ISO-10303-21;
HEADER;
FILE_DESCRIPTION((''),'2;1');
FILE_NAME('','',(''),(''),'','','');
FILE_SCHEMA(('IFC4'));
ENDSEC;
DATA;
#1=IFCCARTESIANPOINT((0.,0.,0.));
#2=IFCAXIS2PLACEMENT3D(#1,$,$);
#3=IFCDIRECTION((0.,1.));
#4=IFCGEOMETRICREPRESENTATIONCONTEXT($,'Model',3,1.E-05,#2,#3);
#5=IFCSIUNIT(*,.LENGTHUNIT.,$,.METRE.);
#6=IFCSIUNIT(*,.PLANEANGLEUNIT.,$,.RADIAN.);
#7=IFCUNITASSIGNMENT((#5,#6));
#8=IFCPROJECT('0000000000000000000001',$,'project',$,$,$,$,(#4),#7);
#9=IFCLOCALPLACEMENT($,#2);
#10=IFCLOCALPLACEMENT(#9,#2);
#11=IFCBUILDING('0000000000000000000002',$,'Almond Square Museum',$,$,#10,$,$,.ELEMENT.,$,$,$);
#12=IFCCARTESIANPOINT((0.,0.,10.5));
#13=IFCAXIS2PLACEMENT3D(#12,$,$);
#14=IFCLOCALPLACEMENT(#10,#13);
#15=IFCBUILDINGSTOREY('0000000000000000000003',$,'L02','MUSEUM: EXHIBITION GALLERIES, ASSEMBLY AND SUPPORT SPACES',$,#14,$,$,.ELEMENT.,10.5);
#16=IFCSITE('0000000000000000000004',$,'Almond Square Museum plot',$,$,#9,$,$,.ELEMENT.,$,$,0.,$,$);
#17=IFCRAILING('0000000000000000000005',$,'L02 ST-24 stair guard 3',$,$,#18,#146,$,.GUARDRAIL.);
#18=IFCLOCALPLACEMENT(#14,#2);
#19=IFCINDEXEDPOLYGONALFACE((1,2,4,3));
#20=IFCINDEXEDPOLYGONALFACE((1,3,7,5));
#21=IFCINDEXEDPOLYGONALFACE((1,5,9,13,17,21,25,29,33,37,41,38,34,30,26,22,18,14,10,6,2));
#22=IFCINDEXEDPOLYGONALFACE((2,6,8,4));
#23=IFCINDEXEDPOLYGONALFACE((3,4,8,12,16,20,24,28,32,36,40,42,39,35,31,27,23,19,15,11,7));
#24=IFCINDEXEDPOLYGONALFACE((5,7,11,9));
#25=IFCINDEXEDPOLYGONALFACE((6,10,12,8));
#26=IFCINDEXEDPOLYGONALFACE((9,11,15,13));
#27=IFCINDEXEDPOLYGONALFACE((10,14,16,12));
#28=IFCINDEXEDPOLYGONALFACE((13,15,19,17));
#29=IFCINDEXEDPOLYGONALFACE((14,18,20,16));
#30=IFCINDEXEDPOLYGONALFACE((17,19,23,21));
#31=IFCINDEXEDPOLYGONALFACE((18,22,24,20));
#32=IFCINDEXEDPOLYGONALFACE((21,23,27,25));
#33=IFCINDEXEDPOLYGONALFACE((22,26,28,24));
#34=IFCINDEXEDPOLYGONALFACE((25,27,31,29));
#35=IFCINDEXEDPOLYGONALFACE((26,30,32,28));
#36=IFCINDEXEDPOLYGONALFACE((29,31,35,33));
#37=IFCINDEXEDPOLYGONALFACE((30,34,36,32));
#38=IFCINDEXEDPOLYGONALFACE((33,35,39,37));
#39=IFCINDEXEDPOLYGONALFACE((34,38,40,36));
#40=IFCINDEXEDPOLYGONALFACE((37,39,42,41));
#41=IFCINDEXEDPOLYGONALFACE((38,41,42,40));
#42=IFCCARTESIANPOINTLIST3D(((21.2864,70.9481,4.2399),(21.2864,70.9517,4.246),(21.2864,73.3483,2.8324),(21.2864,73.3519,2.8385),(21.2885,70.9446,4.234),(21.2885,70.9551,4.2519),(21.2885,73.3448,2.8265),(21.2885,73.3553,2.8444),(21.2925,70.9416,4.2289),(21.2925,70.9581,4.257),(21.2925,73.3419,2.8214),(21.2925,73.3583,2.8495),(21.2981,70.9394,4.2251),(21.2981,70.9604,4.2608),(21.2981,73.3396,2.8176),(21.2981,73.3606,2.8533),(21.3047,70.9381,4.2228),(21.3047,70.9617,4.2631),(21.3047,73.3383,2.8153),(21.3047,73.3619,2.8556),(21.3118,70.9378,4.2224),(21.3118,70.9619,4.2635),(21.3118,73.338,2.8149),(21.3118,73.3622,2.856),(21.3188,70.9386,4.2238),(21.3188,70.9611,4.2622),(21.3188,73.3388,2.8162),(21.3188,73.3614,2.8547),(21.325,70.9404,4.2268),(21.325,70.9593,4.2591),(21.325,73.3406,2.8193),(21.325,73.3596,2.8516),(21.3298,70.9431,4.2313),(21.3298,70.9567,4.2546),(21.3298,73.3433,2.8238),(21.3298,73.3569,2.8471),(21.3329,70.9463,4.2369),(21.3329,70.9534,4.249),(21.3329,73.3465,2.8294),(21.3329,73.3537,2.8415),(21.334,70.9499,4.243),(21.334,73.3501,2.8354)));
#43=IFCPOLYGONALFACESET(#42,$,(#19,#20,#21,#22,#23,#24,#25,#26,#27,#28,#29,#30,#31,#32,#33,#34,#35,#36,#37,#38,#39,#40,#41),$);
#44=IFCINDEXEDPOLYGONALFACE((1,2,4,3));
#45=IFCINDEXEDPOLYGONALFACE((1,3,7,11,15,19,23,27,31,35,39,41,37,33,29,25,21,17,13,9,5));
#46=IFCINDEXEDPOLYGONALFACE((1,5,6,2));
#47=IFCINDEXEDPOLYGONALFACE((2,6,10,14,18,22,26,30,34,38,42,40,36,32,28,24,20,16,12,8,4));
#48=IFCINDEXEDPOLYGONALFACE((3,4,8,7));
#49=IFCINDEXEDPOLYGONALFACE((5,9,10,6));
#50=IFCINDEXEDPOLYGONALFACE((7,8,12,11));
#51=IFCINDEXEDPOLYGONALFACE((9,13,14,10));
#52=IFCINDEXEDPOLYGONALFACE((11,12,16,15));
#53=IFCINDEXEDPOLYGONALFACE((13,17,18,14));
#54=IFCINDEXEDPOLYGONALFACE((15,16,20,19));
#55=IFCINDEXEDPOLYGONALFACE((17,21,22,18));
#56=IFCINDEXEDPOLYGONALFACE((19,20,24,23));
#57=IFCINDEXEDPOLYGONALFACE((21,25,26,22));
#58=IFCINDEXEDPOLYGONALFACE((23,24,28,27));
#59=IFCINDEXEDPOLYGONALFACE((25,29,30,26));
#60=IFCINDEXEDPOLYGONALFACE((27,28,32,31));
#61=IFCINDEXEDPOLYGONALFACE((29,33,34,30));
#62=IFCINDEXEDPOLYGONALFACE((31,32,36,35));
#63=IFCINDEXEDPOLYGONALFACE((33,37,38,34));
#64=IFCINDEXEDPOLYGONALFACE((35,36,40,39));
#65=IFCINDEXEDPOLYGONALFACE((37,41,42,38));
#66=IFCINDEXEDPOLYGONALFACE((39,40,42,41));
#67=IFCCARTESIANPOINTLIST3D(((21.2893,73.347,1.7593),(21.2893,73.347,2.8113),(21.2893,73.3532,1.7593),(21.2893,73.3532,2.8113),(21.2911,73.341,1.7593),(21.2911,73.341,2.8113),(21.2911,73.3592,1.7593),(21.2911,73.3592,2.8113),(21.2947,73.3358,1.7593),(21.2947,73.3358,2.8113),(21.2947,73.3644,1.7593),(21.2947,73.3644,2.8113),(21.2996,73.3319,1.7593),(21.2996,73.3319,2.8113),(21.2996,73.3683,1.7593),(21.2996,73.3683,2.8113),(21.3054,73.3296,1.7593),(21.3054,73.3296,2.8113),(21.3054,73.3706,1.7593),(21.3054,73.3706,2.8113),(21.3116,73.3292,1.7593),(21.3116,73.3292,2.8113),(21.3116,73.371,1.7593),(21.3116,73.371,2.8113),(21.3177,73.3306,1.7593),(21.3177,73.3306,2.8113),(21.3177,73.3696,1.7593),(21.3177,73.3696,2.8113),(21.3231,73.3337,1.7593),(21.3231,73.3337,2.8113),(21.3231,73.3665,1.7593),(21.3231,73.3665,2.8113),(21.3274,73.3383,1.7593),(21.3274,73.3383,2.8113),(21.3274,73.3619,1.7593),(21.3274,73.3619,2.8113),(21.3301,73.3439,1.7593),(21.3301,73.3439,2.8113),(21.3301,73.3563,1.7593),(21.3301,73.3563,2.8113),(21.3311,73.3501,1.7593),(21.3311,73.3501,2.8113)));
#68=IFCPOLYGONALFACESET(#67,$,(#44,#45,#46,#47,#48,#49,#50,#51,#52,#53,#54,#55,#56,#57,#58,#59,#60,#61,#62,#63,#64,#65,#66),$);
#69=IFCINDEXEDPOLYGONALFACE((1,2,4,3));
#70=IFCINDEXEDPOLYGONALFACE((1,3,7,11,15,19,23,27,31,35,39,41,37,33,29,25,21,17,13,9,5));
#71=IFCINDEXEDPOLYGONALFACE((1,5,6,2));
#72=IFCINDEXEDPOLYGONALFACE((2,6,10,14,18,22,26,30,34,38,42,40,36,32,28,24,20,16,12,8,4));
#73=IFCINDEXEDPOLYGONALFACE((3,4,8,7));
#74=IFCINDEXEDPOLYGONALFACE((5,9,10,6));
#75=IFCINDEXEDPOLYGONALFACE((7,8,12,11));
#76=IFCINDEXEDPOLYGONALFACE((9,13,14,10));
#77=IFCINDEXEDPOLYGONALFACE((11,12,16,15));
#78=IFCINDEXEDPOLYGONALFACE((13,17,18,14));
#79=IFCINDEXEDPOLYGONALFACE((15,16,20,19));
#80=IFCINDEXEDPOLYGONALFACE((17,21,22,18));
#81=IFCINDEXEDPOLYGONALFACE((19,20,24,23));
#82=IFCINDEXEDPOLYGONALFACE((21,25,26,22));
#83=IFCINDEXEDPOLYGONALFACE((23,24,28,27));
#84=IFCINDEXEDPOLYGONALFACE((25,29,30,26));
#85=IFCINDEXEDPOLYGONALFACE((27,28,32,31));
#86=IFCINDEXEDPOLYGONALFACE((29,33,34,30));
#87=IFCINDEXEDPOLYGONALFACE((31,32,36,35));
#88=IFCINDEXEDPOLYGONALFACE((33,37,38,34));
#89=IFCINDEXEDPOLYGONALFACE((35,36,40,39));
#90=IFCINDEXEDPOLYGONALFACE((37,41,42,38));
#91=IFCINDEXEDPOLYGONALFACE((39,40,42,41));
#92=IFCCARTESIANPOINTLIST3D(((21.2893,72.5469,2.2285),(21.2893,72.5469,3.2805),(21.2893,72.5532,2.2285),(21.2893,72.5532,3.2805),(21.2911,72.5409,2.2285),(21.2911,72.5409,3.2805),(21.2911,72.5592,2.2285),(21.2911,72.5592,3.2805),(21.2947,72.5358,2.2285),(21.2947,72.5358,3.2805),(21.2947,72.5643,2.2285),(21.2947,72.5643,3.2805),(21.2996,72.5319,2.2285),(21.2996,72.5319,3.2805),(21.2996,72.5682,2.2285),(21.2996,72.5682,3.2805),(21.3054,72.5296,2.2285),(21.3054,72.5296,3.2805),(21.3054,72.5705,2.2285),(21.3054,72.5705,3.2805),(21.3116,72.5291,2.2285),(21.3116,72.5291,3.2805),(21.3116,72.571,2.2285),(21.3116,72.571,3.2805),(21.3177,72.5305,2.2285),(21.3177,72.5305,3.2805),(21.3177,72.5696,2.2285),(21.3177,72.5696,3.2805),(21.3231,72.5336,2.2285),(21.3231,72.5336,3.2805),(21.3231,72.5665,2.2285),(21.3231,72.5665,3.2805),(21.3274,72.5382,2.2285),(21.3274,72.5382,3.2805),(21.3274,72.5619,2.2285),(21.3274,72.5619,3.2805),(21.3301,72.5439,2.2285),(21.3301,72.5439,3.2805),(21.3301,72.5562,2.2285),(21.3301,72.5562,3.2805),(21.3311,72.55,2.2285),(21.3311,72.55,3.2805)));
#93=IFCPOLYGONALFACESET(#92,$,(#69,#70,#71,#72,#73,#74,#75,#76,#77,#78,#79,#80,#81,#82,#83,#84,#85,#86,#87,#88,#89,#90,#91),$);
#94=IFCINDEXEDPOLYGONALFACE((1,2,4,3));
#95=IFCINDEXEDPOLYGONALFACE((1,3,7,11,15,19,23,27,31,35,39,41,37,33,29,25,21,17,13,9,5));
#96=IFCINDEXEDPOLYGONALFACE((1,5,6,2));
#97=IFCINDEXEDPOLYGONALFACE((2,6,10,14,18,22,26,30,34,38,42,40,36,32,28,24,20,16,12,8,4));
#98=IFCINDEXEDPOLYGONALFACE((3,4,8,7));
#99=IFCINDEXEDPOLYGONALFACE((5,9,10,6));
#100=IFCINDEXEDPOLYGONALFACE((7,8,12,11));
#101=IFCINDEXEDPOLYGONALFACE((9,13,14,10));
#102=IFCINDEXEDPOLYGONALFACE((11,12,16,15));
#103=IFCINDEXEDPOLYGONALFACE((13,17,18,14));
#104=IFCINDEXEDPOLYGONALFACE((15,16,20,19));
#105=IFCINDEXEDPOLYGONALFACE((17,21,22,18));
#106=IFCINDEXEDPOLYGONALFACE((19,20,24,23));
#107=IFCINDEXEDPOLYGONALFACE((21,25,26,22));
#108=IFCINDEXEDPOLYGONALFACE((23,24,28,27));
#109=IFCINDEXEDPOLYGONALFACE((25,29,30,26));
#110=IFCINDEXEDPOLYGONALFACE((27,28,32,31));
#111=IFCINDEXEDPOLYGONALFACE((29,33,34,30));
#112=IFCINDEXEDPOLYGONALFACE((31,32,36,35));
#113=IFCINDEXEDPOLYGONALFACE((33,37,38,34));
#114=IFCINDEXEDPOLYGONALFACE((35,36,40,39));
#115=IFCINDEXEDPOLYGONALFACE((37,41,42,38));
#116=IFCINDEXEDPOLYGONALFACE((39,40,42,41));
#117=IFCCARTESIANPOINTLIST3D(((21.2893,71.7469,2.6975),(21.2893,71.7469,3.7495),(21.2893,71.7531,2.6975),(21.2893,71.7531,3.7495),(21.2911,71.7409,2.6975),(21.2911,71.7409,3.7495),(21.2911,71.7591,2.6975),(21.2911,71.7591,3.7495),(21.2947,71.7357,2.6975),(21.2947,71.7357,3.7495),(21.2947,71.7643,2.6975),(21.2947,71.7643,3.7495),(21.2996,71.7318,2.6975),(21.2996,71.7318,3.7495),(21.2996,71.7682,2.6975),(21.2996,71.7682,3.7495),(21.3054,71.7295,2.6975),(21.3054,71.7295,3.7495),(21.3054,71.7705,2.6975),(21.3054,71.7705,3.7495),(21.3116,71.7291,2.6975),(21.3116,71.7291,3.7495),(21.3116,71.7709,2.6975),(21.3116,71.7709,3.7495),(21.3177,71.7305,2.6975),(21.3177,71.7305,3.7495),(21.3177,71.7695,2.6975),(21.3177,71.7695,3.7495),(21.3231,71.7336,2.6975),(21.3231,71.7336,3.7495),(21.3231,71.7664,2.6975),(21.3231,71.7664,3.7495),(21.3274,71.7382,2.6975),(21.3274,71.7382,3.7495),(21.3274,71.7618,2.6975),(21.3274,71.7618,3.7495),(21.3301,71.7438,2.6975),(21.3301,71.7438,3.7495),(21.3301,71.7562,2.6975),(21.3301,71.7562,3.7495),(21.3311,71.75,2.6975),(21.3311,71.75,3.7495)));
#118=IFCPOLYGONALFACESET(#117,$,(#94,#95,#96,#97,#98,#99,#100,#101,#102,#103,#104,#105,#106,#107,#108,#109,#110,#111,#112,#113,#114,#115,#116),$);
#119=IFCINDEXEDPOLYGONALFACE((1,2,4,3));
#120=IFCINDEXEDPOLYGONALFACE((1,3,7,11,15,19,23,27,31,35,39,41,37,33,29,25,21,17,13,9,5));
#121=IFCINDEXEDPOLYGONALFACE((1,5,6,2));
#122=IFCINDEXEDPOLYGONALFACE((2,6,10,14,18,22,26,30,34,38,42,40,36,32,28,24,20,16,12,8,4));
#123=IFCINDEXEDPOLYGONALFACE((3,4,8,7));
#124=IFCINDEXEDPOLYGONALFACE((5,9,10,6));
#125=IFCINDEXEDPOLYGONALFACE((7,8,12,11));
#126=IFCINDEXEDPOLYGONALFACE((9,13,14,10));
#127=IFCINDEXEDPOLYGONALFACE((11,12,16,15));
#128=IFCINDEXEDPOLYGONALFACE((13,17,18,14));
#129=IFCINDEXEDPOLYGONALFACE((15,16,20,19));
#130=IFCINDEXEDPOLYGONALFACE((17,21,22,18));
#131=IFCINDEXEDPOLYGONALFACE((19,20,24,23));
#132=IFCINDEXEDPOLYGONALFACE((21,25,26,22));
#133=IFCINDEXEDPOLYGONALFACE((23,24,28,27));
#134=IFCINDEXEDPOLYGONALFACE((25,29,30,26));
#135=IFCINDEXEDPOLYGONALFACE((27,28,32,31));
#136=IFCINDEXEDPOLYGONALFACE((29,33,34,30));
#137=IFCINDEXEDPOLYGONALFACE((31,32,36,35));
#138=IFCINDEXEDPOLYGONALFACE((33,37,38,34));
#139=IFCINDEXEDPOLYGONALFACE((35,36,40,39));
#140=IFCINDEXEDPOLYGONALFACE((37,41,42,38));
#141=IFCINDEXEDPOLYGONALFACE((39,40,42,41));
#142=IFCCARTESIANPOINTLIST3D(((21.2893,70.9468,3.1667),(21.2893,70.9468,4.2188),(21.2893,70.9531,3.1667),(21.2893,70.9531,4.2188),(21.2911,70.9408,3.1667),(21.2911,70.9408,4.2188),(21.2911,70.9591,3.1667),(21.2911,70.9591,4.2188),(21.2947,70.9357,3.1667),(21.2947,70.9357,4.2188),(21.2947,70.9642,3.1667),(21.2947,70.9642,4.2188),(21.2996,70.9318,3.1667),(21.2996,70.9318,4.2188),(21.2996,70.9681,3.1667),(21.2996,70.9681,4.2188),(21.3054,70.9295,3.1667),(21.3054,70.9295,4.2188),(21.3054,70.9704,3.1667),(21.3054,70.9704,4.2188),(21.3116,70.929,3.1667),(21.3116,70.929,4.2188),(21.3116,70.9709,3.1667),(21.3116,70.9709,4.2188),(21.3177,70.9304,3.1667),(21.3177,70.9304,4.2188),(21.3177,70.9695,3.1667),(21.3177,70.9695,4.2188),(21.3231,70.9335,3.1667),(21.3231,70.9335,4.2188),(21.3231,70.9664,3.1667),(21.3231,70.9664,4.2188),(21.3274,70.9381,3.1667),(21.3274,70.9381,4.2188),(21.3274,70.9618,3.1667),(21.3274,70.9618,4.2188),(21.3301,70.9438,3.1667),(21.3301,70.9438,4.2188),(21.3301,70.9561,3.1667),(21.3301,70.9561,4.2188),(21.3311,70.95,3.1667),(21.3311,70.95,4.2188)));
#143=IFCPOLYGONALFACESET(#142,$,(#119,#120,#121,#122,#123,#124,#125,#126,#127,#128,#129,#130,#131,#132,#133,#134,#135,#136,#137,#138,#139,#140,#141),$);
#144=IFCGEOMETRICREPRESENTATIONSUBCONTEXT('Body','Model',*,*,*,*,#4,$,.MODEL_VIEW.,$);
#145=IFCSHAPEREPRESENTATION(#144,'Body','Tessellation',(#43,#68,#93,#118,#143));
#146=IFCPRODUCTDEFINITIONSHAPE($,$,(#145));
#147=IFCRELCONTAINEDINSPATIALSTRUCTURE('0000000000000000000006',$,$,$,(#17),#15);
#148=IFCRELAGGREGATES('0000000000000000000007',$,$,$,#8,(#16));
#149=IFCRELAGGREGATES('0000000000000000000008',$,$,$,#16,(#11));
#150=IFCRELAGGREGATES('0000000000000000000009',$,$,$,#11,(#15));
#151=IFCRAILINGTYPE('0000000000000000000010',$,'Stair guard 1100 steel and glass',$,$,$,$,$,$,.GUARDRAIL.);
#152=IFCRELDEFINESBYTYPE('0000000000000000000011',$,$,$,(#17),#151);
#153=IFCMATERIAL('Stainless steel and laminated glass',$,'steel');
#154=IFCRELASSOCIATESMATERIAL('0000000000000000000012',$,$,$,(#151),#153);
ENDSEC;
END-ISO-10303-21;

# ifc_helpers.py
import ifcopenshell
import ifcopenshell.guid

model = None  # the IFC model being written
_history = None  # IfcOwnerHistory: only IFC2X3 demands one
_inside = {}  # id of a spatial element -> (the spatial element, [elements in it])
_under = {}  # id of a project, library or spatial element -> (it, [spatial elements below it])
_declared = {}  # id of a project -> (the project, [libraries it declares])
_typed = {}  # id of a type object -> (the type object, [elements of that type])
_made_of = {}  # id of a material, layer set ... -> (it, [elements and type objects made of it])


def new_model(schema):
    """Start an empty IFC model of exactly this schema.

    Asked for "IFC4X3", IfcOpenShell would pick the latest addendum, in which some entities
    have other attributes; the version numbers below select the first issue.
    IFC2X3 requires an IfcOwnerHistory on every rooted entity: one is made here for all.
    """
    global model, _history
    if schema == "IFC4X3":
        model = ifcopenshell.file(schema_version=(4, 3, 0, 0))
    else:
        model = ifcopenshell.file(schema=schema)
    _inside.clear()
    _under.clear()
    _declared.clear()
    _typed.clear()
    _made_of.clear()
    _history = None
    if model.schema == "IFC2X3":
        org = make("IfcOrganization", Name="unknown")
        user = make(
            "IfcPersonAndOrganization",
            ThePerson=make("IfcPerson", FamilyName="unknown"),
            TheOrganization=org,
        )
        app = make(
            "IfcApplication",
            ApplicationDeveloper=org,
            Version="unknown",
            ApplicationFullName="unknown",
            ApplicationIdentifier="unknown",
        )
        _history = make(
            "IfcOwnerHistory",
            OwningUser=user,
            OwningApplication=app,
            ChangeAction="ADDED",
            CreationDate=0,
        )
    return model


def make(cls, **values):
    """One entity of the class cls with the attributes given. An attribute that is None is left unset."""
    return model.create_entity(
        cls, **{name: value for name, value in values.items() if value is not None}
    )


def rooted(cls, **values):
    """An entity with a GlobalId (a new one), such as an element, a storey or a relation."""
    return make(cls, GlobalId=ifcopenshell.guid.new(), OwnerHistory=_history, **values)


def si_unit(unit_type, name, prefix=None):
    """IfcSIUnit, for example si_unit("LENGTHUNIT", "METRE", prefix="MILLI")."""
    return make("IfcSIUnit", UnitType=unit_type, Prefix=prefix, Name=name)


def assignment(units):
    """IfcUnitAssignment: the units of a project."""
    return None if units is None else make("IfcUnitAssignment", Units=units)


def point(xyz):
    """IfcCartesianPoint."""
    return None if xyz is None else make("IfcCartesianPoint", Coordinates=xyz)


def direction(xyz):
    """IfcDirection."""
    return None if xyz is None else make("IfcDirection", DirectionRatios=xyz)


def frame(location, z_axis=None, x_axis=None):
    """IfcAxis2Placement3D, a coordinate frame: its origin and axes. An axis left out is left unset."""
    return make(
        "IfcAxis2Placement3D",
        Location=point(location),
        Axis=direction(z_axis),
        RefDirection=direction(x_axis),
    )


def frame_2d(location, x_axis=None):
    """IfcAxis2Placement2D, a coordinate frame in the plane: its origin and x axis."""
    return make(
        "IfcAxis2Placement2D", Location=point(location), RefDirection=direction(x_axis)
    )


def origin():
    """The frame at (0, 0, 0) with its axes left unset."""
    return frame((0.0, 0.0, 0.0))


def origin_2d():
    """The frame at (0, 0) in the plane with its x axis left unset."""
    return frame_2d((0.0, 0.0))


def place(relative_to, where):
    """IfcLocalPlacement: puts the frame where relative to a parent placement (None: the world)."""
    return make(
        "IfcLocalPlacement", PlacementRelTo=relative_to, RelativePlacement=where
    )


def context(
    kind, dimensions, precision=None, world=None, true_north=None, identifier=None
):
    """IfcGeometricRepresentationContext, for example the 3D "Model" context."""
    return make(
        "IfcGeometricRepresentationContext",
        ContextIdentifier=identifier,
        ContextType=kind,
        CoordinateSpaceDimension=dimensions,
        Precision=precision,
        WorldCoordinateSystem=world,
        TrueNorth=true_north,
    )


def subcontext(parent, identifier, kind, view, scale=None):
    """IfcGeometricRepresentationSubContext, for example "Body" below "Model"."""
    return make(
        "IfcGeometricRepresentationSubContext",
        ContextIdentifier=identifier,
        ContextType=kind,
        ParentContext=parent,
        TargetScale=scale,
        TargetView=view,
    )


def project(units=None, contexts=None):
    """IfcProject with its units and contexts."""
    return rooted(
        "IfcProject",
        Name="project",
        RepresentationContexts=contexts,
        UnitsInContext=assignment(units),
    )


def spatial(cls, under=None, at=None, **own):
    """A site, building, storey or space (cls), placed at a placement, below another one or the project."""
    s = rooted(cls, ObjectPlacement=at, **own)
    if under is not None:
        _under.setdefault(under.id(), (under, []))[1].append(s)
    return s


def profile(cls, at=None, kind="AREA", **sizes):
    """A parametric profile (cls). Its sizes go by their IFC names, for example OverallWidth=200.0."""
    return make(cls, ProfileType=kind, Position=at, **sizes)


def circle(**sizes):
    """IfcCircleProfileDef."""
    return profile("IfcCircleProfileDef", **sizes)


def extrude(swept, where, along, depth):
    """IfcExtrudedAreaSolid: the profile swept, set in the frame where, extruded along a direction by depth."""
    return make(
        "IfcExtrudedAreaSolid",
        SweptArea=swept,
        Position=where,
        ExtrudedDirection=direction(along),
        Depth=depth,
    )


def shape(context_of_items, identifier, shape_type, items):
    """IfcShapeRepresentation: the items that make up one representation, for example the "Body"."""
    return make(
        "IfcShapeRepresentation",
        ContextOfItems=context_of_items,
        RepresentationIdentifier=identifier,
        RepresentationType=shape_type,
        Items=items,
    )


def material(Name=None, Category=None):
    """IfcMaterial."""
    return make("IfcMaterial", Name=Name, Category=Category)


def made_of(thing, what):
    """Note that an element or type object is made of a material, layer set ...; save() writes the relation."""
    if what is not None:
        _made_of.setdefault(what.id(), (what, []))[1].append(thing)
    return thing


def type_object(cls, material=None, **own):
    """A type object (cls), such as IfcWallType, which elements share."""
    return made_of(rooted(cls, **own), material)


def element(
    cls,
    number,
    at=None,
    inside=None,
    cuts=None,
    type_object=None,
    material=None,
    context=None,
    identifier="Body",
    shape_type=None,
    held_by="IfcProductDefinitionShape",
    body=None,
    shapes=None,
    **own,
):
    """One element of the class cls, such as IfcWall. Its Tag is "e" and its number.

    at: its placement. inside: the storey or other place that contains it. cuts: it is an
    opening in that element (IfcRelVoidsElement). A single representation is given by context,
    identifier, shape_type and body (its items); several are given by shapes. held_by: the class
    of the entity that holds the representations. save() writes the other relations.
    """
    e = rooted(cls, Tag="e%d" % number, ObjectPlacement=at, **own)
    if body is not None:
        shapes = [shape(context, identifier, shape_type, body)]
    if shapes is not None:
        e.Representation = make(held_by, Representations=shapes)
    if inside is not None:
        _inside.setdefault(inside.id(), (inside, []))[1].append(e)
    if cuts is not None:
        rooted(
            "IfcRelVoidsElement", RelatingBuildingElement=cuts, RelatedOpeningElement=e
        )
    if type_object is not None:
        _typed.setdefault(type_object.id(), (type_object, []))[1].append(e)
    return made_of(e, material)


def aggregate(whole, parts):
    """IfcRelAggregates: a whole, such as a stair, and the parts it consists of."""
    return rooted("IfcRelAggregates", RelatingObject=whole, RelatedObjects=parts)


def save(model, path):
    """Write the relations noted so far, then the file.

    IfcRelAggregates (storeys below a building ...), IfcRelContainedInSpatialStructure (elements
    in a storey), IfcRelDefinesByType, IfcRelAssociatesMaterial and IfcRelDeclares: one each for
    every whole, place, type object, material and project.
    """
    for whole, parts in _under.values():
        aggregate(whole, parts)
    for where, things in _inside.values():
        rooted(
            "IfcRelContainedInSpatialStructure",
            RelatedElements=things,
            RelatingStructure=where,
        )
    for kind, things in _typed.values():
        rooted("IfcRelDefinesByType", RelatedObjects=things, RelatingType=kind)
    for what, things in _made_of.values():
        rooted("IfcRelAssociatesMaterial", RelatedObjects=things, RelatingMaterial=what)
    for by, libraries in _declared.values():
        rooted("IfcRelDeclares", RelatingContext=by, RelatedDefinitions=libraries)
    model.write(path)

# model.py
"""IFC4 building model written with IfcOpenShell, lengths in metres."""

from ifc_helpers import new_model, si_unit, direction, frame, origin, origin_2d, place, context, subcontext, project, spatial, circle, extrude, material, type_object, element, save


model = new_model("IFC4")

# Units and contexts
model_context = context("Model", 3, precision=1e-05, world=origin(), true_north=direction((0.0, 1.0)))
body_context = subcontext(model_context, "Body", "Model", "MODEL_VIEW")
ifc_project = project(units=[si_unit("LENGTHUNIT", "METRE"), si_unit("PLANEANGLEUNIT", "RADIAN")], contexts=[model_context])

# Site, building, storey
site_placement = place(None, origin())
site = spatial("IfcSite", under=ifc_project, at=site_placement, Name="Almond Square Museum plot", CompositionType="ELEMENT", RefElevation=0.0)
building_placement = place(site_placement, origin())
building = spatial("IfcBuilding", under=site, at=building_placement, Name="Almond Square Museum", CompositionType="ELEMENT")
storey_placement = place(building_placement, frame((0.0, 0.0, 10.5)))
storey = spatial("IfcBuildingStorey", under=building, at=storey_placement, Name="L02", Description="MUSEUM: EXHIBITION GALLERIES, ASSEMBLY AND SUPPORT SPACES", CompositionType="ELEMENT", Elevation=10.5)

# Railing
ifc_material_1 = material(Name="Stainless steel and laminated glass", Category="steel")
railing_type_1 = type_object("IfcRailingType", Name="Stair guard 1100 steel and glass", PredefinedType="GUARDRAIL", material=ifc_material_1)
railing_1_placement = place(storey_placement, frame((21.3101, 73.3501, 1.7593)))
element("IfcRailing", 1, at=railing_1_placement, inside=storey, type_object=railing_type_1, Name="L02 ST-24 stair guard 3", PredefinedType="GUARDRAIL", context=body_context, shape_type="SweptSolid", body=[
    extrude(circle(Radius=0.0239, at=origin_2d()), frame((0.0, 0.0, 1.0762), z_axis=(0.0, -0.862621, 0.50585), x_axis=(1.0, 0.0, 0.0)), (0.0, 0.0, 1.0), 2.7825),
    extrude(circle(Radius=0.021, at=origin_2d()), origin(), (0.0, 0.0, 1.0), 1.052),
    extrude(circle(Radius=0.021, at=origin_2d()), frame((0.0, -0.8, 0.4692)), (0.0, 0.0, 1.0), 1.052),
    extrude(circle(Radius=0.021, at=origin_2d()), frame((0.0, -1.6001, 0.9382)), (0.0, 0.0, 1.0), 1.052),
    extrude(circle(Radius=0.021, at=origin_2d()), frame((0.0, -2.4001, 1.4075)), (0.0, 0.0, 1.0), 1.052),
])

save(model, "model.ifc")
